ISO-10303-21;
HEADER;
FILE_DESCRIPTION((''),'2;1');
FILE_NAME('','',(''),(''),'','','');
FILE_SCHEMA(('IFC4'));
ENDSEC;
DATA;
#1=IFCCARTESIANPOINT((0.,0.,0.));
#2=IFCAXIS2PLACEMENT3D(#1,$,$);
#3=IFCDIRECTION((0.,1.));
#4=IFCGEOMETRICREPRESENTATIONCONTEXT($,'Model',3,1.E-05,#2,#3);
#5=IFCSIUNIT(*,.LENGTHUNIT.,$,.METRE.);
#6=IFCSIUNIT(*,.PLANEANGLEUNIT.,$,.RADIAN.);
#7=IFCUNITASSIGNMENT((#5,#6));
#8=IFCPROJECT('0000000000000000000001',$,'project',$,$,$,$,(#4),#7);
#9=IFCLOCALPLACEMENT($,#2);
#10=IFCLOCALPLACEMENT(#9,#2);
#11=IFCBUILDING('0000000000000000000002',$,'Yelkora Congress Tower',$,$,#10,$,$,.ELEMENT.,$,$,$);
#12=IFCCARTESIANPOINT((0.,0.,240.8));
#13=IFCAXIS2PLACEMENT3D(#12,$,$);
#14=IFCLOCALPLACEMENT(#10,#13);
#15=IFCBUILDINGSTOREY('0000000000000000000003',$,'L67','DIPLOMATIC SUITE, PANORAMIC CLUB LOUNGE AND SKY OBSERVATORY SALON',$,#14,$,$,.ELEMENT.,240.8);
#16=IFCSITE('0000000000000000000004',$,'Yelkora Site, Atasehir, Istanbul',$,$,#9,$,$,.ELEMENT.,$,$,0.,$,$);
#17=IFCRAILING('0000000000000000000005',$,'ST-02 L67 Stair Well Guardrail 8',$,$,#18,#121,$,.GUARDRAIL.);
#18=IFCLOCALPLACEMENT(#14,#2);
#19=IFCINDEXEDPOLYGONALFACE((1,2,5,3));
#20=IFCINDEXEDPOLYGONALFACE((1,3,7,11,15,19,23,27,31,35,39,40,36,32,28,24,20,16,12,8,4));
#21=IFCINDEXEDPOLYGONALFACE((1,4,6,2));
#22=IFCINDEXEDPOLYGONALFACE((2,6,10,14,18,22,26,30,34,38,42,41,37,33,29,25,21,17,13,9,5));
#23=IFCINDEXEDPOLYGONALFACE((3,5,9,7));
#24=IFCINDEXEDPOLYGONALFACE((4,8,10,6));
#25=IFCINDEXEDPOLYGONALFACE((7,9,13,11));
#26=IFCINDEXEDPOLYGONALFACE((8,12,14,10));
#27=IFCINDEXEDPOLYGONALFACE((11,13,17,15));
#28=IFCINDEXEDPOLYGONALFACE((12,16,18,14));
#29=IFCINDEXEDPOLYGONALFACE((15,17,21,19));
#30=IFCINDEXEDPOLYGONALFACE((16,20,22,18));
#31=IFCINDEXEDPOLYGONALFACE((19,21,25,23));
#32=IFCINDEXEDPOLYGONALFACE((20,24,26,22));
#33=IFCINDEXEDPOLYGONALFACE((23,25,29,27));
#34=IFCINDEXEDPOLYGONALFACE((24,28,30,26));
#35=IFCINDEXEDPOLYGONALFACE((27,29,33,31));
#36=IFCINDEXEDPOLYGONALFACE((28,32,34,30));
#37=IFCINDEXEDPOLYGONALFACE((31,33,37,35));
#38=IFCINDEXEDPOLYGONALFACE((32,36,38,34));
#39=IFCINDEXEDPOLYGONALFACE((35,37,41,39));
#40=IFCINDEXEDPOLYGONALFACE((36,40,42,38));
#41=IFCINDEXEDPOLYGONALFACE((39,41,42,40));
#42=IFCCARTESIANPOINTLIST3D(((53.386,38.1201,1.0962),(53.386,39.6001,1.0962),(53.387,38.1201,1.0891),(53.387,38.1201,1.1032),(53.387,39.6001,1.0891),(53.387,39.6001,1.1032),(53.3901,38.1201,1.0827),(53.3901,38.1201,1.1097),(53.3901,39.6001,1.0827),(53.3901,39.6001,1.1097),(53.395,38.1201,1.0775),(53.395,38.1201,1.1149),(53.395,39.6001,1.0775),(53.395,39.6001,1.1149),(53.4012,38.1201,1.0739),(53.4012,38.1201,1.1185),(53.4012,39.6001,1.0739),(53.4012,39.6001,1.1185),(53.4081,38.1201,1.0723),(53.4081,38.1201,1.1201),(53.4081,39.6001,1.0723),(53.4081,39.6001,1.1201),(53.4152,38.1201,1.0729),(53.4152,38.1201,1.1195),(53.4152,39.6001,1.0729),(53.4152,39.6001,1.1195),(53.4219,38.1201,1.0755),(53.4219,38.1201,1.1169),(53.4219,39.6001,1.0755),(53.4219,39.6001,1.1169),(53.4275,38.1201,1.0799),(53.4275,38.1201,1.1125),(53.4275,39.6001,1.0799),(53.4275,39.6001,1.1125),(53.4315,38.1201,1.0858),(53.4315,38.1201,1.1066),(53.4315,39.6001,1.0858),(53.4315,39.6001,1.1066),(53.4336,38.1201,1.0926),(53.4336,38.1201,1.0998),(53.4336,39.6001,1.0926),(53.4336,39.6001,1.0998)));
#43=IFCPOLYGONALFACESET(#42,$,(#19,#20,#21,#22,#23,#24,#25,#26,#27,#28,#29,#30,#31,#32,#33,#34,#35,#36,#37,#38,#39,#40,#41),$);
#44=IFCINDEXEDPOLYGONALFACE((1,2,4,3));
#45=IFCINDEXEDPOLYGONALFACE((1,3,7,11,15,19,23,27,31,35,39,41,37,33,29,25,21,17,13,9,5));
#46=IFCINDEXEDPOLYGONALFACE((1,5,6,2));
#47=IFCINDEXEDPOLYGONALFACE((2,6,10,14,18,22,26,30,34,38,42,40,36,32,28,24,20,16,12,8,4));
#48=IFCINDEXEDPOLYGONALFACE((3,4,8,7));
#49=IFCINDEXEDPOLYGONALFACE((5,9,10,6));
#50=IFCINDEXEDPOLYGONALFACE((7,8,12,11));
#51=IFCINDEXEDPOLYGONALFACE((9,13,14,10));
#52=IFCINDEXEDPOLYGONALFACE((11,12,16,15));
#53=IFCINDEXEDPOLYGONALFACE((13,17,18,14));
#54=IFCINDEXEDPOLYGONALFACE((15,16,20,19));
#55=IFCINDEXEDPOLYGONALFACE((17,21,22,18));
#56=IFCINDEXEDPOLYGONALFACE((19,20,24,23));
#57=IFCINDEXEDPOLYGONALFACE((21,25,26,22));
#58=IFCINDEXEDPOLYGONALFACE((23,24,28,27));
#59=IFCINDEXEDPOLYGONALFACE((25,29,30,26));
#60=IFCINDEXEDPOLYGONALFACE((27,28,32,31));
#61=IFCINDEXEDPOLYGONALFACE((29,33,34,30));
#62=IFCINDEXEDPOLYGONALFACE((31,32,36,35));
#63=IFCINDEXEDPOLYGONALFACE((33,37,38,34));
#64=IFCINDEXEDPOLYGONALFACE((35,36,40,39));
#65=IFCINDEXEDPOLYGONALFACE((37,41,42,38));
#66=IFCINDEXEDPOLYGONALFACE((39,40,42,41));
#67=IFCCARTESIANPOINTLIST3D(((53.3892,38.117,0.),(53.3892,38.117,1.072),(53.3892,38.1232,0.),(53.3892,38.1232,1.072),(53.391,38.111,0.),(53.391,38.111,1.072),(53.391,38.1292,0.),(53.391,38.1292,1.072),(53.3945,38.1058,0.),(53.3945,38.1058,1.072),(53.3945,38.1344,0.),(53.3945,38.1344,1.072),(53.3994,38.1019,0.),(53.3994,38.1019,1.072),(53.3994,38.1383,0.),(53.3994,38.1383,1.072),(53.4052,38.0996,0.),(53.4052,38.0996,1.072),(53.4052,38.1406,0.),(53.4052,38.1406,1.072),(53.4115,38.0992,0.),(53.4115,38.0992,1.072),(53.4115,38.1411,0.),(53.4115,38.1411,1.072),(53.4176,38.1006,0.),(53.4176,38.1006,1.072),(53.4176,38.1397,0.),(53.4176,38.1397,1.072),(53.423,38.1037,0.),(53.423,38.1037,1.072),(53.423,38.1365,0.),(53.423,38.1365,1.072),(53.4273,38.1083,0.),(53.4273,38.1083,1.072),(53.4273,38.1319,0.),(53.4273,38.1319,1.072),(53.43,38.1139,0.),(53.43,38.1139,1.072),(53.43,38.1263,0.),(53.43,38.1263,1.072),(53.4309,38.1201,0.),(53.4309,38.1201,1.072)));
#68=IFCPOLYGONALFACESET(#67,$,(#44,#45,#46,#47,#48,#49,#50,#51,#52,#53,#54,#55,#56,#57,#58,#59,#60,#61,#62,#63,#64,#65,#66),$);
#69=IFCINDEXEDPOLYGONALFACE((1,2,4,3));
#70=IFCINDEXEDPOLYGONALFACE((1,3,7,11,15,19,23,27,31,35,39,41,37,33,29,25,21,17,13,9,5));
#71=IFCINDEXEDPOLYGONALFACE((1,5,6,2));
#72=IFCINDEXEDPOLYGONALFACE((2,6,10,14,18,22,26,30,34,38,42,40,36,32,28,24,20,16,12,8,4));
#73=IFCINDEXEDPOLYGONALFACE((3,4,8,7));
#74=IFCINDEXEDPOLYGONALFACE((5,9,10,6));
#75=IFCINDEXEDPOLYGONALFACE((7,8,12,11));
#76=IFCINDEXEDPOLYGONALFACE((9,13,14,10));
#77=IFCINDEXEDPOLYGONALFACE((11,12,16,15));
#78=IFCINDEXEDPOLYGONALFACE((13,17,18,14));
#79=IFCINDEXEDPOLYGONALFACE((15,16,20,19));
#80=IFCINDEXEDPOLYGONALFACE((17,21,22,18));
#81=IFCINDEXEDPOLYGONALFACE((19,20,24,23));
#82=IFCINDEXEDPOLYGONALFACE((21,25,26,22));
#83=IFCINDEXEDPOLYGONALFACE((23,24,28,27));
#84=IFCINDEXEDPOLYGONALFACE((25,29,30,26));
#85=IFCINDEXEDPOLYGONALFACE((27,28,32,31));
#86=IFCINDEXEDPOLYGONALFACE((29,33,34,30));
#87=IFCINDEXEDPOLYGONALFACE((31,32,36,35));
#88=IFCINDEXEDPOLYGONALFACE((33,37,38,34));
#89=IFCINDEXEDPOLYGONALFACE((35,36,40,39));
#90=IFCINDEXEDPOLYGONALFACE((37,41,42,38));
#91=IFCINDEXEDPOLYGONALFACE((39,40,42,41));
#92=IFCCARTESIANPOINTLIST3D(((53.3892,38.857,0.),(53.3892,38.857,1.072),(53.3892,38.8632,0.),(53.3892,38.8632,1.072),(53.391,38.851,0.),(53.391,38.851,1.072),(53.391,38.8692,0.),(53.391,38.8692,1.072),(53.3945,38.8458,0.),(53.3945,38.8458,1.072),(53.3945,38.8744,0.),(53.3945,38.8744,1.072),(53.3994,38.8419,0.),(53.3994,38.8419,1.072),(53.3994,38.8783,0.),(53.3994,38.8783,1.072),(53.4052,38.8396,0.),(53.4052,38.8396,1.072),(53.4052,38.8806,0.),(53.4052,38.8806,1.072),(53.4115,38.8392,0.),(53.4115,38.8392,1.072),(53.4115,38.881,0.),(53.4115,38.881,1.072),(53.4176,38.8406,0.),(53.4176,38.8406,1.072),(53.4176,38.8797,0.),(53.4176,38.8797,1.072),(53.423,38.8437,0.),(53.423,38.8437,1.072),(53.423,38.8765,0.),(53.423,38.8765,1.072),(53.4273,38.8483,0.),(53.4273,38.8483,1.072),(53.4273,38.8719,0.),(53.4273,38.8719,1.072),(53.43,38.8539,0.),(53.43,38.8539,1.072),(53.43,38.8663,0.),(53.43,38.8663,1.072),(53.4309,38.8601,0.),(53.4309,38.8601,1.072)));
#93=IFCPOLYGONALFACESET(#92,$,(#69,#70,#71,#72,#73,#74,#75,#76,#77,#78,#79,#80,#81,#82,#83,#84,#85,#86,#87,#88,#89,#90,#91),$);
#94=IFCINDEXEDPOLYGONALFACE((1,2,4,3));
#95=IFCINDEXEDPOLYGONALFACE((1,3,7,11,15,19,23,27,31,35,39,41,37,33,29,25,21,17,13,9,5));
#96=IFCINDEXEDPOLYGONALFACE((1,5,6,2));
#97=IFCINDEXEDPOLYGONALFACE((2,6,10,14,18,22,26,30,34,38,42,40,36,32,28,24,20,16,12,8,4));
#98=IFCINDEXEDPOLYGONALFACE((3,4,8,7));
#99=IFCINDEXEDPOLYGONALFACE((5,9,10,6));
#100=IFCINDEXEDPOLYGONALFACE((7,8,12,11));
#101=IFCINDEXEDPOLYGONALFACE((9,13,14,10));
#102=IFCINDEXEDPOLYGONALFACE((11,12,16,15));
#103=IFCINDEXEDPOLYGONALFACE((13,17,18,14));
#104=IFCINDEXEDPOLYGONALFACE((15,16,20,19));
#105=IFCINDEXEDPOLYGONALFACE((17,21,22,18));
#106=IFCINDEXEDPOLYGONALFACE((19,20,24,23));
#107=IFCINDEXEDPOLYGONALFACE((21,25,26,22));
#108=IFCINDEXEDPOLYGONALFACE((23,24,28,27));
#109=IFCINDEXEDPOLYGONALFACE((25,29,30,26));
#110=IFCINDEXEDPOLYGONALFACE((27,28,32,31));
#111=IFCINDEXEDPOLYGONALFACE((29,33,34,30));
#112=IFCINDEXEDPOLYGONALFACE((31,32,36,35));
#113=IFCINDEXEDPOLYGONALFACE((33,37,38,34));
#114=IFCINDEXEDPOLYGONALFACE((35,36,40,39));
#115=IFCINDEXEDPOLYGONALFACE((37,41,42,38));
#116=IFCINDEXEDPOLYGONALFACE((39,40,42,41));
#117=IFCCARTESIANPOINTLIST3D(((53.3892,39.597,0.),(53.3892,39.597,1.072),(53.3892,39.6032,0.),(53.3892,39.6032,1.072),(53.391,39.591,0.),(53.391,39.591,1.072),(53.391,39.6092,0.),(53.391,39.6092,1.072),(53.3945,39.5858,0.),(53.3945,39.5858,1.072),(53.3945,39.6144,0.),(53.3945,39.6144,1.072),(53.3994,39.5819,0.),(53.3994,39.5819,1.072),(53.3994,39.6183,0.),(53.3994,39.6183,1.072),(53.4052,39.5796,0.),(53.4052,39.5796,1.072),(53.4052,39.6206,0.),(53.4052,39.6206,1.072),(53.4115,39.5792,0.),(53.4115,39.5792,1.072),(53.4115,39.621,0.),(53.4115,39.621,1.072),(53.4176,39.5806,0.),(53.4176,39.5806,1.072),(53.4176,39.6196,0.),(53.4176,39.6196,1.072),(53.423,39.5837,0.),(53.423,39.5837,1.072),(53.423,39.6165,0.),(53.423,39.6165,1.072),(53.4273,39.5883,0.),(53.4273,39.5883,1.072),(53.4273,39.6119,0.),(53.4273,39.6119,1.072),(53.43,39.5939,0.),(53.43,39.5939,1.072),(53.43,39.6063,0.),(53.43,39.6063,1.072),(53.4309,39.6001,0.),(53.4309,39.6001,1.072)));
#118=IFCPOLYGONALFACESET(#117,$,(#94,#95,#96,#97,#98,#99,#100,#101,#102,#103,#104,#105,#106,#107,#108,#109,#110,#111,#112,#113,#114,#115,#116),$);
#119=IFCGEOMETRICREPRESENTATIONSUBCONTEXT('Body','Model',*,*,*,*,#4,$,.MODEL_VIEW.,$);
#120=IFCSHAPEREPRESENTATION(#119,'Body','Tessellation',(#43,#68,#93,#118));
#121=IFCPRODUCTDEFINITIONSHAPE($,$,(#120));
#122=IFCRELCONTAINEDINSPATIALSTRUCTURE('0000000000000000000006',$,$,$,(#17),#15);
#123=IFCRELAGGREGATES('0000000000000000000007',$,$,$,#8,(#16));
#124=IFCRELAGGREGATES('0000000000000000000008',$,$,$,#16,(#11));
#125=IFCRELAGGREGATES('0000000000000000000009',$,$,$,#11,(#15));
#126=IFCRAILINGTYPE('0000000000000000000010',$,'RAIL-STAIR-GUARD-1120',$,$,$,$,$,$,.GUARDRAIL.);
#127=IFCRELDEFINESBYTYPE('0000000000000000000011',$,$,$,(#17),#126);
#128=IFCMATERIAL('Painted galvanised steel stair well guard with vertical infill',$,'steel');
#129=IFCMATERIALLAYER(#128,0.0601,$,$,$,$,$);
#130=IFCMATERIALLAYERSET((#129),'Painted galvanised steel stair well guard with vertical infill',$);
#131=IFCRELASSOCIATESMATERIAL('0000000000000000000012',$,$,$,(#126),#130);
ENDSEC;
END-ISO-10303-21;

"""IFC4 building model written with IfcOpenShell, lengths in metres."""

from ifc_helpers import new_model, si_unit, direction, frame, origin, origin_2d, place, context, subcontext, project, spatial, circle, extrude, material, layer, layer_set, type_object, element, save


model = new_model("IFC4")

# Units and contexts
model_context = context("Model", 3, precision=1e-05, world=origin(), true_north=direction((0.0, 1.0)))
body_context = subcontext(model_context, "Body", "Model", "MODEL_VIEW")
ifc_project = project(units=[si_unit("LENGTHUNIT", "METRE"), si_unit("PLANEANGLEUNIT", "RADIAN")], contexts=[model_context])

# Site, building, storey
site_placement = place(None, origin())
site = spatial("IfcSite", under=ifc_project, at=site_placement, Name="Yelkora Site, Atasehir, Istanbul", CompositionType="ELEMENT", RefElevation=0.0)
building_placement = place(site_placement, origin())
building = spatial("IfcBuilding", under=site, at=building_placement, Name="Yelkora Congress Tower", CompositionType="ELEMENT")
storey_placement = place(building_placement, frame((0.0, 0.0, 240.8)))
storey = spatial("IfcBuildingStorey", under=building, at=storey_placement, Name="L67", Description="DIPLOMATIC SUITE, PANORAMIC CLUB LOUNGE AND SKY OBSERVATORY SALON", CompositionType="ELEMENT", Elevation=240.8)

# Railing
ifc_material_1 = material(Name="Painted galvanised steel stair well guard with vertical infill", Category="steel")
ifc_layer_1 = layer(ifc_material_1, 0.0601)
ifc_layer_set_1 = layer_set([ifc_layer_1], Name="Painted galvanised steel stair well guard with vertical infill")
railing_type_1 = type_object("IfcRailingType", Name="RAIL-STAIR-GUARD-1120", PredefinedType="GUARDRAIL", material=ifc_layer_set_1)
railing_1_placement = place(storey_placement, frame((53.4099, 38.1201, 0.0)))
element("IfcRailing", 1, at=railing_1_placement, inside=storey, type_object=railing_type_1, Name="ST-02 L67 Stair Well Guardrail 8", PredefinedType="GUARDRAIL", context=body_context, shape_type="SweptSolid", body=[
    extrude(circle(Radius=0.0239, at=origin_2d()), frame((0.0, 0.0, 1.0962), z_axis=(0.0, 1.0, 0.0), x_axis=(-1.0, 0.0, 0.0)), (0.0, 0.0, 1.0), 1.48),
    extrude(circle(Radius=0.021, at=origin_2d()), origin(), (0.0, 0.0, 1.0), 1.072),
    extrude(circle(Radius=0.021, at=origin_2d()), frame((0.0, 0.74, 0.0)), (0.0, 0.0, 1.0), 1.072),
    extrude(circle(Radius=0.021, at=origin_2d()), frame((0.0, 1.48, 0.0)), (0.0, 0.0, 1.0), 1.072),
])

save(model, "model.ifc")
